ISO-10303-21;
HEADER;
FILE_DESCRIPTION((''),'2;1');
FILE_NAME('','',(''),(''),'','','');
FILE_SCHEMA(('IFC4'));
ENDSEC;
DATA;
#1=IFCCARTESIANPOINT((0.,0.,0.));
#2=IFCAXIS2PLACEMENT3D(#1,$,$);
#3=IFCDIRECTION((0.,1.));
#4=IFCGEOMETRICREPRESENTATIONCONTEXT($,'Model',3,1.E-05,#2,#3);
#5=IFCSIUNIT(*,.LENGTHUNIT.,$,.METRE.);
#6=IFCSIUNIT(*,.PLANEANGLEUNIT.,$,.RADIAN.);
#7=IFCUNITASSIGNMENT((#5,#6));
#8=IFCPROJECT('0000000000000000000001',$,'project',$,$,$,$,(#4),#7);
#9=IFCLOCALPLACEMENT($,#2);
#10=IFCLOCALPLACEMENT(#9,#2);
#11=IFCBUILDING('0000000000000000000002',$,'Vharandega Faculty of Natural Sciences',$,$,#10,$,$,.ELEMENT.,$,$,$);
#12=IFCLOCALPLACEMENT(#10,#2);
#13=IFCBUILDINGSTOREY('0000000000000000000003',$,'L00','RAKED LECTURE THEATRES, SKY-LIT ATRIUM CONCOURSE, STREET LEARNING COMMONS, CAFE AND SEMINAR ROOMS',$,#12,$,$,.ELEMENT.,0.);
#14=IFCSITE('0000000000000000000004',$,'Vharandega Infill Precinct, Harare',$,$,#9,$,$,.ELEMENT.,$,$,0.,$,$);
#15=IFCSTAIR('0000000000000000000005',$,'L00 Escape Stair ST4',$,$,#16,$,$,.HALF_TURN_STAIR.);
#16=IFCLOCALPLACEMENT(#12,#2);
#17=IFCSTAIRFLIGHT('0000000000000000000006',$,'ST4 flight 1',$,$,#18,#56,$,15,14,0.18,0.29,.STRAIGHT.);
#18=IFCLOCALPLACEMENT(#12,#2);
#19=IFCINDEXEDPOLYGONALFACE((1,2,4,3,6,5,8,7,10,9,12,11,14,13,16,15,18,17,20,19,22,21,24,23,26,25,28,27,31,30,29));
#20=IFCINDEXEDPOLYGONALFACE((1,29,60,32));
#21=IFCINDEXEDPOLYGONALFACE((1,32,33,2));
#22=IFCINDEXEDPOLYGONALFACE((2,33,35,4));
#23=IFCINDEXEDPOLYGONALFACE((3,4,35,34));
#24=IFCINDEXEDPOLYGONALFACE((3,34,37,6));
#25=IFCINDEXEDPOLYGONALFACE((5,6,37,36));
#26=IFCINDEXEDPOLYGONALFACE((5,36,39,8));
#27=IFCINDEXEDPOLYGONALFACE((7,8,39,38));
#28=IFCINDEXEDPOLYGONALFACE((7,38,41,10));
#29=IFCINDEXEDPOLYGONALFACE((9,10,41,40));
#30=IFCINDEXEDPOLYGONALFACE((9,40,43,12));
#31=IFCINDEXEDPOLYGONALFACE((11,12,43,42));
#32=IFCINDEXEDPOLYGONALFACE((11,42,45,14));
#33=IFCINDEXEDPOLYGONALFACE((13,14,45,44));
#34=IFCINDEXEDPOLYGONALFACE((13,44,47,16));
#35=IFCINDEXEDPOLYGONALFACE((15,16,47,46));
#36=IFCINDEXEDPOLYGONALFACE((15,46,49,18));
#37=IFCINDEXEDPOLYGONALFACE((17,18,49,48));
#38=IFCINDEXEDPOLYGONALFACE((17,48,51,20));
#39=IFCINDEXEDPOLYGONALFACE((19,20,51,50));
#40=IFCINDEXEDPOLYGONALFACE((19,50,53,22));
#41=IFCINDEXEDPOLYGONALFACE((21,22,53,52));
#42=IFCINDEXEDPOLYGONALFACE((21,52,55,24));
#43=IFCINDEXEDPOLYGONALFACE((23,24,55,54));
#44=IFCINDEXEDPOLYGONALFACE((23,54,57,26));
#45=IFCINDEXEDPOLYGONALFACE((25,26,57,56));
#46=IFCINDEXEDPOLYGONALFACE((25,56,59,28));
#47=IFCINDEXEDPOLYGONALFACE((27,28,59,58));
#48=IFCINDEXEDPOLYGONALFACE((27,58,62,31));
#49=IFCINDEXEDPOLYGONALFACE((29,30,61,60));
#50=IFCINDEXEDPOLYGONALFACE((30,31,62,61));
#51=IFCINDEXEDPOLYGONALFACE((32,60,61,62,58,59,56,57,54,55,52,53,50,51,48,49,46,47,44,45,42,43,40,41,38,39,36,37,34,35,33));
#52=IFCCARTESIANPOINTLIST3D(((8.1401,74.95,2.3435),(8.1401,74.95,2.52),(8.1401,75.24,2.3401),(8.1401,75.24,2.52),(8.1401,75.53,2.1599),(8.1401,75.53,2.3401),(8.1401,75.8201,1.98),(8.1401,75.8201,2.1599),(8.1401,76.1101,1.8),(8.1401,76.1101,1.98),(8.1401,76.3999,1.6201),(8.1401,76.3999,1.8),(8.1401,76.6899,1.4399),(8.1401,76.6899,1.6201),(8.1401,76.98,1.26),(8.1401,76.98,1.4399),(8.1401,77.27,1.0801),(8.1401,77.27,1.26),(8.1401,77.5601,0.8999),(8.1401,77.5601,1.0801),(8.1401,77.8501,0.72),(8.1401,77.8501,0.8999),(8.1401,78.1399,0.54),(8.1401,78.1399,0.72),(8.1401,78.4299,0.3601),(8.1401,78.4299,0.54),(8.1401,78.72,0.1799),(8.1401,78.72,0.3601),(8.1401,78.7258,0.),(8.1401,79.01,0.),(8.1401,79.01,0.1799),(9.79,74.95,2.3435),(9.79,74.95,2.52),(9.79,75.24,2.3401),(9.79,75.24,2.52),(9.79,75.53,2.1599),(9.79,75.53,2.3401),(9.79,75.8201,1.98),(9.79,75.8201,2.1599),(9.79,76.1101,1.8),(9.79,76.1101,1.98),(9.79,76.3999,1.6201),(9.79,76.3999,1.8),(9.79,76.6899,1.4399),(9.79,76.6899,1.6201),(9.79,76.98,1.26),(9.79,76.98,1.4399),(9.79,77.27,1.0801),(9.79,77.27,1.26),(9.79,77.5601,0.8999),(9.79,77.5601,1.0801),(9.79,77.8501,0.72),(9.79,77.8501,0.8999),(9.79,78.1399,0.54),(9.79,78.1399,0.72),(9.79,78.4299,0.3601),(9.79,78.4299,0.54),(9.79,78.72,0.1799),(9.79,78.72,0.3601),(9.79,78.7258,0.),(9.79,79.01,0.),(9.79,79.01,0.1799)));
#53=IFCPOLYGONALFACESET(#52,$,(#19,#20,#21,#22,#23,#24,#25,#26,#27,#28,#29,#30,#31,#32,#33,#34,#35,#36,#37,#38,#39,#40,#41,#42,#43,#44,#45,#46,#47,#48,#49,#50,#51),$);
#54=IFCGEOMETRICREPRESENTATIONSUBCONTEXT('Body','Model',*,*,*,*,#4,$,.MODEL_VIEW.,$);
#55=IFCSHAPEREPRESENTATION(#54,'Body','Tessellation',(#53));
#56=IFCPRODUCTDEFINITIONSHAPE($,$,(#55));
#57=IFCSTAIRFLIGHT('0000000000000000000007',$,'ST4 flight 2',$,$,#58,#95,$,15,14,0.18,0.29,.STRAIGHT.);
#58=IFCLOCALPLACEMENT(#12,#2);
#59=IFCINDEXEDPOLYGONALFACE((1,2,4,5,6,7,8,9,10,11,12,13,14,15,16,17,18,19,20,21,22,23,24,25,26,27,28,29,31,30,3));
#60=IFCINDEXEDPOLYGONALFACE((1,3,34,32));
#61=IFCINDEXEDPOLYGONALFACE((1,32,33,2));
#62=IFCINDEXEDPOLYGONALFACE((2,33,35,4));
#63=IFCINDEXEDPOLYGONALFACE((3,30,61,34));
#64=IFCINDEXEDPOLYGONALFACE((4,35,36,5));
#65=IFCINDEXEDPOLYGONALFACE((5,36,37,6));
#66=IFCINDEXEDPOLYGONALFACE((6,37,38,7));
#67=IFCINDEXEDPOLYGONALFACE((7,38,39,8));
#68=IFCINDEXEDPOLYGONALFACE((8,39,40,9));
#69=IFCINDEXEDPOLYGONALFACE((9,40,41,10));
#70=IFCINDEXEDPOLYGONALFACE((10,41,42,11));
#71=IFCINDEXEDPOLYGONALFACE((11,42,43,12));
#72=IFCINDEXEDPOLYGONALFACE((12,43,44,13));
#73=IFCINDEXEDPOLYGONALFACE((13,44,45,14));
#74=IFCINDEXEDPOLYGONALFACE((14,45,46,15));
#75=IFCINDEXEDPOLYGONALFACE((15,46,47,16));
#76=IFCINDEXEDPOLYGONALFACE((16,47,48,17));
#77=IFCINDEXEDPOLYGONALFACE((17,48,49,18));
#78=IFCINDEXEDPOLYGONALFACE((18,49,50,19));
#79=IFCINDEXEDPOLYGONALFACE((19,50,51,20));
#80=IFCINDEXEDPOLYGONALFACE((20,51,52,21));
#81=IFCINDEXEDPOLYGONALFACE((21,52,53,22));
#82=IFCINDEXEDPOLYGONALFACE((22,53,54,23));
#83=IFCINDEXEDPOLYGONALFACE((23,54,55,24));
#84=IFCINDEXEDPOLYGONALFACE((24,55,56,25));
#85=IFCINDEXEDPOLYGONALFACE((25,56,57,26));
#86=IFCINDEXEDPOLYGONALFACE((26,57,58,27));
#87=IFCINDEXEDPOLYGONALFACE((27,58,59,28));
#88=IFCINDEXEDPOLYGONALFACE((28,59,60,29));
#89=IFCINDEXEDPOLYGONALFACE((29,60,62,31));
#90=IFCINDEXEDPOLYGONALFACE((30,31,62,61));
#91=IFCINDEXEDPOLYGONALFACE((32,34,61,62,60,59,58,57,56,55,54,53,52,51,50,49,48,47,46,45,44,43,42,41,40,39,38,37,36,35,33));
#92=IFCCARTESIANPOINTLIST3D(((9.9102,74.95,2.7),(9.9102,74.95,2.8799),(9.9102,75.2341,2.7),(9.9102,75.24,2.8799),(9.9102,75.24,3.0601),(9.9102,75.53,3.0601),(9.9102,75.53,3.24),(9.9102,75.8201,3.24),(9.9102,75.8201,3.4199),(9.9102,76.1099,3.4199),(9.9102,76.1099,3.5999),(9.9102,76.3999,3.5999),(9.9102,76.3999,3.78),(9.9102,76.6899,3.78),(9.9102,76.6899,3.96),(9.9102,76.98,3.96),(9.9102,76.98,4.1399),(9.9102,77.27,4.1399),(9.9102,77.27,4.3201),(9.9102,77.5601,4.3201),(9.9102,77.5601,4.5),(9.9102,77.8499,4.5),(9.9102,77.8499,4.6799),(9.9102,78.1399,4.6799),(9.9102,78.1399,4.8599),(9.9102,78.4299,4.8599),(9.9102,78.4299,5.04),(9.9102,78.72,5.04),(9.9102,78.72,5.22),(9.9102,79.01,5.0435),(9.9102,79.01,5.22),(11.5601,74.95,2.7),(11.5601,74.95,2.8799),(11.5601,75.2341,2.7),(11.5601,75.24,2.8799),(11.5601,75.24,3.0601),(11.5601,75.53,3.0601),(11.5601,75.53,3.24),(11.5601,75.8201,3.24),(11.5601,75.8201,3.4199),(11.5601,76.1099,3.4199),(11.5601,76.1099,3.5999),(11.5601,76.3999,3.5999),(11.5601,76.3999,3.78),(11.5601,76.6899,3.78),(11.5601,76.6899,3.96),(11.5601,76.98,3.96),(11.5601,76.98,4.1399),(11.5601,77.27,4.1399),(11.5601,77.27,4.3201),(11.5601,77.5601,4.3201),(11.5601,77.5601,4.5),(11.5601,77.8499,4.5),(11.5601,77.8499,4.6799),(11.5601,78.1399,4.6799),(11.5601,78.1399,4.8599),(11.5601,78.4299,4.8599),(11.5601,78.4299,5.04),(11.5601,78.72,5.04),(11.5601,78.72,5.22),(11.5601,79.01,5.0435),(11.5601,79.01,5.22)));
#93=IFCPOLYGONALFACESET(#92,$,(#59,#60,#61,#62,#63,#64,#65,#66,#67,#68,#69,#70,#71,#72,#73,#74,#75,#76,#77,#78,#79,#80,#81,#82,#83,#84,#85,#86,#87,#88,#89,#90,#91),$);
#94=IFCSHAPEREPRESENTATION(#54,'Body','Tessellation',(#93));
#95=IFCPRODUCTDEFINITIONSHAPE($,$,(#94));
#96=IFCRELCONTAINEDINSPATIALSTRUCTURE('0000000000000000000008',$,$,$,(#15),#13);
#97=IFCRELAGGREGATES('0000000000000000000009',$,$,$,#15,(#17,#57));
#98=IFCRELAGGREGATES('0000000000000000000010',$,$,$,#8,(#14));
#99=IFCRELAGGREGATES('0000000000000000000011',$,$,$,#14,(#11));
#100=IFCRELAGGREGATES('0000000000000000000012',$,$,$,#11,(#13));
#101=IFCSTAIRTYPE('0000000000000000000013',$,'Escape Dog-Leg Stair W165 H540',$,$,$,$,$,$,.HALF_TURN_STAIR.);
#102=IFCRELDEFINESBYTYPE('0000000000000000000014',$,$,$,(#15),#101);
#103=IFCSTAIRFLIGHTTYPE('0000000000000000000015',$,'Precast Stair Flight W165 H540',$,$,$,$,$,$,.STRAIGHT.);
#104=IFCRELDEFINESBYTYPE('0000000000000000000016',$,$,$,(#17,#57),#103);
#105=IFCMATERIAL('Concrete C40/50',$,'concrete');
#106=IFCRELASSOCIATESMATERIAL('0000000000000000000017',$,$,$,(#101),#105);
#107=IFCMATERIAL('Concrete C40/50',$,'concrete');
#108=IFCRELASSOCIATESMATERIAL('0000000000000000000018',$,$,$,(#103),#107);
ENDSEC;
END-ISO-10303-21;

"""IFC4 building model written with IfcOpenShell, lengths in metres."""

from ifc_helpers import new_model, si_unit, direction, frame, origin, place, context, subcontext, project, spatial, polyline, outline, extrude, material, type_object, element, aggregate, save


model = new_model("IFC4")

# Units and contexts
model_context = context("Model", 3, precision=1e-05, world=origin(), true_north=direction((0.0, 1.0)))
body_context = subcontext(model_context, "Body", "Model", "MODEL_VIEW")
ifc_project = project(units=[si_unit("LENGTHUNIT", "METRE"), si_unit("PLANEANGLEUNIT", "RADIAN")], contexts=[model_context])

# Site, building, storey
site_placement = place(None, origin())
site = spatial("IfcSite", under=ifc_project, at=site_placement, Name="Vharandega Infill Precinct, Harare", CompositionType="ELEMENT", RefElevation=0.0)
building_placement = place(site_placement, origin())
building = spatial("IfcBuilding", under=site, at=building_placement, Name="Vharandega Faculty of Natural Sciences", CompositionType="ELEMENT")
storey_placement = place(building_placement, origin())
storey = spatial("IfcBuildingStorey", under=building, at=storey_placement, Name="L00", Description="RAKED LECTURE THEATRES, SKY-LIT ATRIUM CONCOURSE, STREET LEARNING COMMONS, CAFE AND SEMINAR ROOMS", CompositionType="ELEMENT", Elevation=0.0)

# Stair, stair flights
ifc_material_1 = material(Name="Concrete C40/50", Category="concrete")
stair_type = type_object("IfcStairType", Name="Escape Dog-Leg Stair W165 H540", PredefinedType="HALF_TURN_STAIR", material=ifc_material_1)
stair_placement = place(storey_placement, origin())
stair = element("IfcStair", 1, at=stair_placement, inside=storey, type_object=stair_type, Name="L00 Escape Stair ST4", PredefinedType="HALF_TURN_STAIR")
ifc_material_2 = material(Name="Concrete C40/50", Category="concrete")
stair_flight_type = type_object("IfcStairFlightType", Name="Precast Stair Flight W165 H540", PredefinedType="STRAIGHT", material=ifc_material_2)
stair_flight_1_placement = place(storey_placement, frame((8.9651, 79.01, 0.0), z_axis=(0.0, 0.0, 1.0), x_axis=(0.0, -1.0, 0.0)))
stair_flight_1 = element("IfcStairFlight", 2, at=stair_flight_1_placement, type_object=stair_flight_type, Name="ST4 flight 1", NumberOfRisers=15, NumberOfTreads=14, PredefinedType="STRAIGHT", RiserHeight=0.18, TreadLength=0.29, context=body_context, shape_type="SweptSolid", body=[
    extrude(outline(polyline([(0.0, 0.0), (0.0, 0.1799), (0.29, 0.1799), (0.29, 0.3601), (0.5801, 0.3601), (0.5801, 0.54), (0.8701, 0.54), (0.8701, 0.72), (1.1599, 0.72), (1.1599, 0.8999), (1.45, 0.8999), (1.45, 1.0801), (1.74, 1.0801), (1.74, 1.26), (2.03, 1.26), (2.03, 1.4399), (2.3201, 1.4399), (2.3201, 1.6201), (2.6101, 1.6201), (2.6101, 1.8), (2.8999, 1.8), (2.8999, 1.98), (3.1899, 1.98), (3.1899, 2.1599), (3.48, 2.1599), (3.48, 2.3401), (3.77, 2.3401), (3.77, 2.52), (4.0601, 2.52), (4.0601, 2.7), (4.0601, 2.3435), (0.2842, 0.0), (0.0, 0.0)])), frame((0.0, 0.825, 0.0), z_axis=(0.0, -1.0, 0.0), x_axis=(1.0, 0.0, 0.0)), (0.0, 0.0, 1.0), 1.6499),
])
stair_flight_2_placement = place(storey_placement, frame((10.7351, 74.95, 2.7), z_axis=(0.0, 0.0, 1.0), x_axis=(0.0, 1.0, 0.0)))
stair_flight_2 = element("IfcStairFlight", 3, at=stair_flight_2_placement, type_object=stair_flight_type, Name="ST4 flight 2", NumberOfRisers=15, NumberOfTreads=14, PredefinedType="STRAIGHT", RiserHeight=0.18, TreadLength=0.29, context=body_context, shape_type="SweptSolid", body=[
    extrude(outline(polyline([(0.0, 0.0), (0.0, 0.1799), (0.29, 0.1799), (0.29, 0.3601), (0.5801, 0.3601), (0.5801, 0.54), (0.8701, 0.54), (0.8701, 0.72), (1.1599, 0.72), (1.1599, 0.8999), (1.45, 0.8999), (1.45, 1.0801), (1.74, 1.0801), (1.74, 1.26), (2.03, 1.26), (2.03, 1.4399), (2.3201, 1.4399), (2.3201, 1.6201), (2.6101, 1.6201), (2.6101, 1.8), (2.8999, 1.8), (2.8999, 1.98), (3.1899, 1.98), (3.1899, 2.1599), (3.48, 2.1599), (3.48, 2.3401), (3.77, 2.3401), (3.77, 2.52), (4.0601, 2.52), (4.0601, 2.7), (4.0601, 2.3435), (0.2842, 0.0), (0.0, 0.0)])), frame((0.0, 0.825, 0.0), z_axis=(0.0, -1.0, 0.0), x_axis=(1.0, 0.0, 0.0)), (0.0, 0.0, 1.0), 1.6499),
])
aggregate(stair, [stair_flight_1, stair_flight_2])

save(model, "model.ifc")
